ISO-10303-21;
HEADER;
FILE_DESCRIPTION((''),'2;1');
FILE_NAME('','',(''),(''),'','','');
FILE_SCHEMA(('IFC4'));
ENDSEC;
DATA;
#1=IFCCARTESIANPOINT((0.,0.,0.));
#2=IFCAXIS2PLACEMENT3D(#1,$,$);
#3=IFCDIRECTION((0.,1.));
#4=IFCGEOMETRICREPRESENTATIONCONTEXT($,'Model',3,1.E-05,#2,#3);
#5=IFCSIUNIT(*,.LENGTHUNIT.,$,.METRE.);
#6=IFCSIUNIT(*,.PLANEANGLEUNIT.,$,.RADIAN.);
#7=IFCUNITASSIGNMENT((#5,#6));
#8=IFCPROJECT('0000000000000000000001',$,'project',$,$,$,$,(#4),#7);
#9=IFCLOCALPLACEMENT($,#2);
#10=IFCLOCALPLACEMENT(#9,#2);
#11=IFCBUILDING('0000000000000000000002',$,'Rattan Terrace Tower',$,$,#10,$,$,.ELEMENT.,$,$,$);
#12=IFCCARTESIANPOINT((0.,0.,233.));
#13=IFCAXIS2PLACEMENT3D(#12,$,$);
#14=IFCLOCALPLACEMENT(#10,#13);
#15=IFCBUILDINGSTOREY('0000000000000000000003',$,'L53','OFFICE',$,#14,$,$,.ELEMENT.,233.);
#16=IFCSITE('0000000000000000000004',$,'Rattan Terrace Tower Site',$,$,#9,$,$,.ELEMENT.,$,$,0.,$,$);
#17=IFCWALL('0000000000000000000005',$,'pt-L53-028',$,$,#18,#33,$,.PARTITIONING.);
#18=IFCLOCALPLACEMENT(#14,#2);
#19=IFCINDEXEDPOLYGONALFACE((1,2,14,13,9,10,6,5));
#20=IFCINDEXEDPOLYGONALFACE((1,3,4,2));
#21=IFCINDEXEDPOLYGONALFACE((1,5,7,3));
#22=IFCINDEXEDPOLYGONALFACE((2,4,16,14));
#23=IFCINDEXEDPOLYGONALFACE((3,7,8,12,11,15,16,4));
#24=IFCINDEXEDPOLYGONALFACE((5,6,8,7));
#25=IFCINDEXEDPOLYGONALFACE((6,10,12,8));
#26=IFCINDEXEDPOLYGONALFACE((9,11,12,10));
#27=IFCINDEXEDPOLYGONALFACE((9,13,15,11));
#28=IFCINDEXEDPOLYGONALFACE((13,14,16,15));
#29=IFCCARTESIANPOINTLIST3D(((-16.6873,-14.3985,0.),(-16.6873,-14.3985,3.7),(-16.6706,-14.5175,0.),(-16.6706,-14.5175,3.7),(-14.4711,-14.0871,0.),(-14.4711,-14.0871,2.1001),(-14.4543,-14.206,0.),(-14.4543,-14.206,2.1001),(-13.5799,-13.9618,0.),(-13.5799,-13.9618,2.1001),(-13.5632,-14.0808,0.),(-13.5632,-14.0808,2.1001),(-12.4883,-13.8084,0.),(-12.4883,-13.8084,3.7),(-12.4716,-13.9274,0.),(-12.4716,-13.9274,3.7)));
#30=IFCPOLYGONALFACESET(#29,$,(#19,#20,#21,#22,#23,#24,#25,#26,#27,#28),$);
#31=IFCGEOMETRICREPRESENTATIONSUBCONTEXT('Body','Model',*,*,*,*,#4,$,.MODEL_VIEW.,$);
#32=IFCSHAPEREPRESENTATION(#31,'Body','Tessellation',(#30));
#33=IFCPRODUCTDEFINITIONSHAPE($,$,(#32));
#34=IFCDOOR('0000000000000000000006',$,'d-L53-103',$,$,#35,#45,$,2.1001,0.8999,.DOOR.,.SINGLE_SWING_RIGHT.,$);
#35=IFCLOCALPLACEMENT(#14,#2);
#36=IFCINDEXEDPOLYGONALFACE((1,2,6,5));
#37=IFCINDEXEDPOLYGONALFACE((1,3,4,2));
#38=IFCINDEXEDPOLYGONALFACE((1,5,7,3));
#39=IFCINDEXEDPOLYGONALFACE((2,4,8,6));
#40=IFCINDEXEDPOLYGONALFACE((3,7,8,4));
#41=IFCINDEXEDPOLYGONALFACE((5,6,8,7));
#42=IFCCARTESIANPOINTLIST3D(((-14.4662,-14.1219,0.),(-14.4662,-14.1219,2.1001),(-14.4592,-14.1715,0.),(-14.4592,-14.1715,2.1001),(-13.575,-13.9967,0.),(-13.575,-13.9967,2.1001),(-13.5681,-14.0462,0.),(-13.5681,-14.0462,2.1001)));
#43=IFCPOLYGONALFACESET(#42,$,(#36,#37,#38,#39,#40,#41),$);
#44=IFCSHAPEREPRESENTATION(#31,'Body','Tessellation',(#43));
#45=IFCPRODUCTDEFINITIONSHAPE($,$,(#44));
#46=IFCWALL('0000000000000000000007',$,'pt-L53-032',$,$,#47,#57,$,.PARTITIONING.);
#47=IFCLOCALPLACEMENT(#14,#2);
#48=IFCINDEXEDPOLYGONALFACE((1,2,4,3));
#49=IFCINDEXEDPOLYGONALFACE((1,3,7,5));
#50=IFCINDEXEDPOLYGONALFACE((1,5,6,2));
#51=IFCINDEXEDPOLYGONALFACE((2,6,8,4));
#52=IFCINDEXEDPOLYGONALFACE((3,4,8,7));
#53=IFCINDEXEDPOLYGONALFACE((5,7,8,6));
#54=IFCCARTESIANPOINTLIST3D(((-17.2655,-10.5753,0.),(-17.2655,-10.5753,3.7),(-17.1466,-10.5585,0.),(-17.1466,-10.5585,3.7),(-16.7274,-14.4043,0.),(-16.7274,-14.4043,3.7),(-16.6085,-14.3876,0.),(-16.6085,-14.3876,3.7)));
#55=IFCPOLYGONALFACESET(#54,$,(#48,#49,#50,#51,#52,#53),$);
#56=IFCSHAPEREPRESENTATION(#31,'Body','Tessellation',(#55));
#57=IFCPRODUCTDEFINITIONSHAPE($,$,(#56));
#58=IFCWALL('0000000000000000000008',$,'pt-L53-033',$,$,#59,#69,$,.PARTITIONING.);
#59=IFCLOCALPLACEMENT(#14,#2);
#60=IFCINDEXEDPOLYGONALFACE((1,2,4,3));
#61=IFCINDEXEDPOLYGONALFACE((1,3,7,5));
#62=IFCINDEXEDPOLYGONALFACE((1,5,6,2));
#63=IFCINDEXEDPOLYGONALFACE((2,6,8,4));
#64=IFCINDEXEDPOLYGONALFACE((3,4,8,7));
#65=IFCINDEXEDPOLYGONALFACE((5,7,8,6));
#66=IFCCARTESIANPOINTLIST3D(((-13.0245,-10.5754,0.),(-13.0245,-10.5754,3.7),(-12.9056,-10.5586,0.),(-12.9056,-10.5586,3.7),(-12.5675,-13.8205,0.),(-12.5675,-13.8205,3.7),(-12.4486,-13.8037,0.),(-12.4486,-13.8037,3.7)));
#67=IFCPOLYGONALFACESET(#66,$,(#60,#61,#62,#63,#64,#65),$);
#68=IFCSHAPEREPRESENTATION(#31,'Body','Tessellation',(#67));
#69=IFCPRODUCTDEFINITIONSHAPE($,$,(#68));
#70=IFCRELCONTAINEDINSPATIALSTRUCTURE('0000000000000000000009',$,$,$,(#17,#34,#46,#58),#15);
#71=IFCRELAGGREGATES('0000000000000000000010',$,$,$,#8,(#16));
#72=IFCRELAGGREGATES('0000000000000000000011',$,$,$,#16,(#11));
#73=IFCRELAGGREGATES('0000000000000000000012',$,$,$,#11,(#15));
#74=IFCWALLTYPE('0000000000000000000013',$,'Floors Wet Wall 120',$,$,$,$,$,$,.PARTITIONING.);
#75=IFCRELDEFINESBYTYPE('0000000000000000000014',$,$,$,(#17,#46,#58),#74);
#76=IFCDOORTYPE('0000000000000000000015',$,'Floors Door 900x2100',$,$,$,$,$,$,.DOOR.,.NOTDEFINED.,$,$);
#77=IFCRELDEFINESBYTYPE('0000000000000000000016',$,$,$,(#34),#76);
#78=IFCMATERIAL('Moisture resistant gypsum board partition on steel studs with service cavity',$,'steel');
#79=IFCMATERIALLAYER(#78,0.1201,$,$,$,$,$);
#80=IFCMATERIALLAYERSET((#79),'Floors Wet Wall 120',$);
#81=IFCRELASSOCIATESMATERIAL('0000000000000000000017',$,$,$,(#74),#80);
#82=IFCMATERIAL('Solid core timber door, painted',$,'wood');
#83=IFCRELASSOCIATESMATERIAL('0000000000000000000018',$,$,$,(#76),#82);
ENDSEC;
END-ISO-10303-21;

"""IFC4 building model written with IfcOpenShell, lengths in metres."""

from ifc_helpers import new_model, si_unit, direction, frame, frame_2d, origin, place, context, subcontext, project, spatial, rectangle, extrude, material, layer, layer_set, type_object, element, fill, save


model = new_model("IFC4")

# Units and contexts
model_context = context("Model", 3, precision=1e-05, world=origin(), true_north=direction((0.0, 1.0)))
body_context = subcontext(model_context, "Body", "Model", "MODEL_VIEW")
ifc_project = project(units=[si_unit("LENGTHUNIT", "METRE"), si_unit("PLANEANGLEUNIT", "RADIAN")], contexts=[model_context])

# Site, building, storey
site_placement = place(None, origin())
site = spatial("IfcSite", under=ifc_project, at=site_placement, Name="Rattan Terrace Tower Site", CompositionType="ELEMENT", RefElevation=0.0)
building_placement = place(site_placement, origin())
building = spatial("IfcBuilding", under=site, at=building_placement, Name="Rattan Terrace Tower", CompositionType="ELEMENT")
storey_placement = place(building_placement, frame((0.0, 0.0, 233.0)))
storey = spatial("IfcBuildingStorey", under=building, at=storey_placement, Name="L53", Description="OFFICE", CompositionType="ELEMENT", Elevation=233.0)

# Wall, opening, door
ifc_material_1 = material(Name="Moisture resistant gypsum board partition on steel studs with service cavity", Category="steel")
ifc_layer_1 = layer(ifc_material_1, 0.1201)
ifc_layer_set_1 = layer_set([ifc_layer_1], Name="Floors Wet Wall 120")
wall_type_1 = type_object("IfcWallType", Name="Floors Wet Wall 120", PredefinedType="PARTITIONING", material=ifc_layer_set_1)
wall_1_placement = place(storey_placement, frame((-16.679, -14.458, 0.0), z_axis=(0.0, 0.0, 1.0), x_axis=(0.990269, 0.139164, 0.0)))
wall_1 = element("IfcWall", 1, at=wall_1_placement, inside=storey, type_object=wall_type_1, Name="pt-L53-028", PredefinedType="PARTITIONING", context=body_context, shape_type="SweptSolid", body=[
    extrude(rectangle(XDim=4.2402, YDim=0.1201, at=frame_2d((2.1201, 0.0))), origin(), (0.0, 0.0, 1.0), 3.7),
])
opening_1_placement = place(wall_1_placement, frame((2.238, 0.0, 0.0)))
opening_1 = element("IfcOpeningElement", 2, at=opening_1_placement, cuts=wall_1, PredefinedType="OPENING", context=body_context, shape_type="SweptSolid", body=[
    extrude(rectangle(XDim=0.8999, YDim=2.1001, at=frame_2d((0.45, 1.05))), frame((0.0, 0.0706, 0.0), z_axis=(0.0, -1.0, 0.0), x_axis=(1.0, 0.0, 0.0)), (0.0, 0.0, 1.0), 0.1411),
])
ifc_material_2 = material(Name="Solid core timber door, painted", Category="wood")
door_type_1 = type_object("IfcDoorType", Name="Floors Door 900x2100", OperationType="NOTDEFINED", PredefinedType="DOOR", material=ifc_material_2)
door_1_placement = place(opening_1_placement, origin())
door_1 = element("IfcDoor", 3, at=door_1_placement, inside=storey, type_object=door_type_1, Name="d-L53-103", OperationType="SINGLE_SWING_RIGHT", OverallHeight=2.1001, OverallWidth=0.8999, PredefinedType="DOOR", context=body_context, shape_type="SweptSolid", body=[
    extrude(rectangle(XDim=0.8999, YDim=2.1001, at=frame_2d((0.45, 1.05))), frame((0.0, 0.0249, 0.0), z_axis=(0.0, -1.0, 0.0), x_axis=(1.0, 0.0, 0.0)), (0.0, 0.0, 1.0), 0.05),
])
fill(opening_1, door_1)

# Walls
wall_2_placement = place(storey_placement, frame((-17.2061, -10.5669, 0.0), z_axis=(0.0, 0.0, 1.0), x_axis=(0.139158, -0.99027, 0.0)))
element("IfcWall", 4, at=wall_2_placement, inside=storey, type_object=wall_type_1, Name="pt-L53-032", PredefinedType="PARTITIONING", context=body_context, shape_type="SweptSolid", body=[
    extrude(rectangle(XDim=3.8667, YDim=0.1201, at=frame_2d((1.9333, 0.0))), origin(), (0.0, 0.0, 1.0), 3.7),
])
wall_3_placement = place(storey_placement, frame((-12.9651, -10.5669, 0.0), z_axis=(0.0, 0.0, 1.0), x_axis=(0.13946, -0.990228, 0.0)))
element("IfcWall", 5, at=wall_3_placement, inside=storey, type_object=wall_type_1, Name="pt-L53-033", PredefinedType="PARTITIONING", context=body_context, shape_type="SweptSolid", body=[
    extrude(rectangle(XDim=3.2771, YDim=0.1201, at=frame_2d((1.6387, 0.0))), origin(), (0.0, 0.0, 1.0), 3.7),
])

save(model, "model.ifc")
